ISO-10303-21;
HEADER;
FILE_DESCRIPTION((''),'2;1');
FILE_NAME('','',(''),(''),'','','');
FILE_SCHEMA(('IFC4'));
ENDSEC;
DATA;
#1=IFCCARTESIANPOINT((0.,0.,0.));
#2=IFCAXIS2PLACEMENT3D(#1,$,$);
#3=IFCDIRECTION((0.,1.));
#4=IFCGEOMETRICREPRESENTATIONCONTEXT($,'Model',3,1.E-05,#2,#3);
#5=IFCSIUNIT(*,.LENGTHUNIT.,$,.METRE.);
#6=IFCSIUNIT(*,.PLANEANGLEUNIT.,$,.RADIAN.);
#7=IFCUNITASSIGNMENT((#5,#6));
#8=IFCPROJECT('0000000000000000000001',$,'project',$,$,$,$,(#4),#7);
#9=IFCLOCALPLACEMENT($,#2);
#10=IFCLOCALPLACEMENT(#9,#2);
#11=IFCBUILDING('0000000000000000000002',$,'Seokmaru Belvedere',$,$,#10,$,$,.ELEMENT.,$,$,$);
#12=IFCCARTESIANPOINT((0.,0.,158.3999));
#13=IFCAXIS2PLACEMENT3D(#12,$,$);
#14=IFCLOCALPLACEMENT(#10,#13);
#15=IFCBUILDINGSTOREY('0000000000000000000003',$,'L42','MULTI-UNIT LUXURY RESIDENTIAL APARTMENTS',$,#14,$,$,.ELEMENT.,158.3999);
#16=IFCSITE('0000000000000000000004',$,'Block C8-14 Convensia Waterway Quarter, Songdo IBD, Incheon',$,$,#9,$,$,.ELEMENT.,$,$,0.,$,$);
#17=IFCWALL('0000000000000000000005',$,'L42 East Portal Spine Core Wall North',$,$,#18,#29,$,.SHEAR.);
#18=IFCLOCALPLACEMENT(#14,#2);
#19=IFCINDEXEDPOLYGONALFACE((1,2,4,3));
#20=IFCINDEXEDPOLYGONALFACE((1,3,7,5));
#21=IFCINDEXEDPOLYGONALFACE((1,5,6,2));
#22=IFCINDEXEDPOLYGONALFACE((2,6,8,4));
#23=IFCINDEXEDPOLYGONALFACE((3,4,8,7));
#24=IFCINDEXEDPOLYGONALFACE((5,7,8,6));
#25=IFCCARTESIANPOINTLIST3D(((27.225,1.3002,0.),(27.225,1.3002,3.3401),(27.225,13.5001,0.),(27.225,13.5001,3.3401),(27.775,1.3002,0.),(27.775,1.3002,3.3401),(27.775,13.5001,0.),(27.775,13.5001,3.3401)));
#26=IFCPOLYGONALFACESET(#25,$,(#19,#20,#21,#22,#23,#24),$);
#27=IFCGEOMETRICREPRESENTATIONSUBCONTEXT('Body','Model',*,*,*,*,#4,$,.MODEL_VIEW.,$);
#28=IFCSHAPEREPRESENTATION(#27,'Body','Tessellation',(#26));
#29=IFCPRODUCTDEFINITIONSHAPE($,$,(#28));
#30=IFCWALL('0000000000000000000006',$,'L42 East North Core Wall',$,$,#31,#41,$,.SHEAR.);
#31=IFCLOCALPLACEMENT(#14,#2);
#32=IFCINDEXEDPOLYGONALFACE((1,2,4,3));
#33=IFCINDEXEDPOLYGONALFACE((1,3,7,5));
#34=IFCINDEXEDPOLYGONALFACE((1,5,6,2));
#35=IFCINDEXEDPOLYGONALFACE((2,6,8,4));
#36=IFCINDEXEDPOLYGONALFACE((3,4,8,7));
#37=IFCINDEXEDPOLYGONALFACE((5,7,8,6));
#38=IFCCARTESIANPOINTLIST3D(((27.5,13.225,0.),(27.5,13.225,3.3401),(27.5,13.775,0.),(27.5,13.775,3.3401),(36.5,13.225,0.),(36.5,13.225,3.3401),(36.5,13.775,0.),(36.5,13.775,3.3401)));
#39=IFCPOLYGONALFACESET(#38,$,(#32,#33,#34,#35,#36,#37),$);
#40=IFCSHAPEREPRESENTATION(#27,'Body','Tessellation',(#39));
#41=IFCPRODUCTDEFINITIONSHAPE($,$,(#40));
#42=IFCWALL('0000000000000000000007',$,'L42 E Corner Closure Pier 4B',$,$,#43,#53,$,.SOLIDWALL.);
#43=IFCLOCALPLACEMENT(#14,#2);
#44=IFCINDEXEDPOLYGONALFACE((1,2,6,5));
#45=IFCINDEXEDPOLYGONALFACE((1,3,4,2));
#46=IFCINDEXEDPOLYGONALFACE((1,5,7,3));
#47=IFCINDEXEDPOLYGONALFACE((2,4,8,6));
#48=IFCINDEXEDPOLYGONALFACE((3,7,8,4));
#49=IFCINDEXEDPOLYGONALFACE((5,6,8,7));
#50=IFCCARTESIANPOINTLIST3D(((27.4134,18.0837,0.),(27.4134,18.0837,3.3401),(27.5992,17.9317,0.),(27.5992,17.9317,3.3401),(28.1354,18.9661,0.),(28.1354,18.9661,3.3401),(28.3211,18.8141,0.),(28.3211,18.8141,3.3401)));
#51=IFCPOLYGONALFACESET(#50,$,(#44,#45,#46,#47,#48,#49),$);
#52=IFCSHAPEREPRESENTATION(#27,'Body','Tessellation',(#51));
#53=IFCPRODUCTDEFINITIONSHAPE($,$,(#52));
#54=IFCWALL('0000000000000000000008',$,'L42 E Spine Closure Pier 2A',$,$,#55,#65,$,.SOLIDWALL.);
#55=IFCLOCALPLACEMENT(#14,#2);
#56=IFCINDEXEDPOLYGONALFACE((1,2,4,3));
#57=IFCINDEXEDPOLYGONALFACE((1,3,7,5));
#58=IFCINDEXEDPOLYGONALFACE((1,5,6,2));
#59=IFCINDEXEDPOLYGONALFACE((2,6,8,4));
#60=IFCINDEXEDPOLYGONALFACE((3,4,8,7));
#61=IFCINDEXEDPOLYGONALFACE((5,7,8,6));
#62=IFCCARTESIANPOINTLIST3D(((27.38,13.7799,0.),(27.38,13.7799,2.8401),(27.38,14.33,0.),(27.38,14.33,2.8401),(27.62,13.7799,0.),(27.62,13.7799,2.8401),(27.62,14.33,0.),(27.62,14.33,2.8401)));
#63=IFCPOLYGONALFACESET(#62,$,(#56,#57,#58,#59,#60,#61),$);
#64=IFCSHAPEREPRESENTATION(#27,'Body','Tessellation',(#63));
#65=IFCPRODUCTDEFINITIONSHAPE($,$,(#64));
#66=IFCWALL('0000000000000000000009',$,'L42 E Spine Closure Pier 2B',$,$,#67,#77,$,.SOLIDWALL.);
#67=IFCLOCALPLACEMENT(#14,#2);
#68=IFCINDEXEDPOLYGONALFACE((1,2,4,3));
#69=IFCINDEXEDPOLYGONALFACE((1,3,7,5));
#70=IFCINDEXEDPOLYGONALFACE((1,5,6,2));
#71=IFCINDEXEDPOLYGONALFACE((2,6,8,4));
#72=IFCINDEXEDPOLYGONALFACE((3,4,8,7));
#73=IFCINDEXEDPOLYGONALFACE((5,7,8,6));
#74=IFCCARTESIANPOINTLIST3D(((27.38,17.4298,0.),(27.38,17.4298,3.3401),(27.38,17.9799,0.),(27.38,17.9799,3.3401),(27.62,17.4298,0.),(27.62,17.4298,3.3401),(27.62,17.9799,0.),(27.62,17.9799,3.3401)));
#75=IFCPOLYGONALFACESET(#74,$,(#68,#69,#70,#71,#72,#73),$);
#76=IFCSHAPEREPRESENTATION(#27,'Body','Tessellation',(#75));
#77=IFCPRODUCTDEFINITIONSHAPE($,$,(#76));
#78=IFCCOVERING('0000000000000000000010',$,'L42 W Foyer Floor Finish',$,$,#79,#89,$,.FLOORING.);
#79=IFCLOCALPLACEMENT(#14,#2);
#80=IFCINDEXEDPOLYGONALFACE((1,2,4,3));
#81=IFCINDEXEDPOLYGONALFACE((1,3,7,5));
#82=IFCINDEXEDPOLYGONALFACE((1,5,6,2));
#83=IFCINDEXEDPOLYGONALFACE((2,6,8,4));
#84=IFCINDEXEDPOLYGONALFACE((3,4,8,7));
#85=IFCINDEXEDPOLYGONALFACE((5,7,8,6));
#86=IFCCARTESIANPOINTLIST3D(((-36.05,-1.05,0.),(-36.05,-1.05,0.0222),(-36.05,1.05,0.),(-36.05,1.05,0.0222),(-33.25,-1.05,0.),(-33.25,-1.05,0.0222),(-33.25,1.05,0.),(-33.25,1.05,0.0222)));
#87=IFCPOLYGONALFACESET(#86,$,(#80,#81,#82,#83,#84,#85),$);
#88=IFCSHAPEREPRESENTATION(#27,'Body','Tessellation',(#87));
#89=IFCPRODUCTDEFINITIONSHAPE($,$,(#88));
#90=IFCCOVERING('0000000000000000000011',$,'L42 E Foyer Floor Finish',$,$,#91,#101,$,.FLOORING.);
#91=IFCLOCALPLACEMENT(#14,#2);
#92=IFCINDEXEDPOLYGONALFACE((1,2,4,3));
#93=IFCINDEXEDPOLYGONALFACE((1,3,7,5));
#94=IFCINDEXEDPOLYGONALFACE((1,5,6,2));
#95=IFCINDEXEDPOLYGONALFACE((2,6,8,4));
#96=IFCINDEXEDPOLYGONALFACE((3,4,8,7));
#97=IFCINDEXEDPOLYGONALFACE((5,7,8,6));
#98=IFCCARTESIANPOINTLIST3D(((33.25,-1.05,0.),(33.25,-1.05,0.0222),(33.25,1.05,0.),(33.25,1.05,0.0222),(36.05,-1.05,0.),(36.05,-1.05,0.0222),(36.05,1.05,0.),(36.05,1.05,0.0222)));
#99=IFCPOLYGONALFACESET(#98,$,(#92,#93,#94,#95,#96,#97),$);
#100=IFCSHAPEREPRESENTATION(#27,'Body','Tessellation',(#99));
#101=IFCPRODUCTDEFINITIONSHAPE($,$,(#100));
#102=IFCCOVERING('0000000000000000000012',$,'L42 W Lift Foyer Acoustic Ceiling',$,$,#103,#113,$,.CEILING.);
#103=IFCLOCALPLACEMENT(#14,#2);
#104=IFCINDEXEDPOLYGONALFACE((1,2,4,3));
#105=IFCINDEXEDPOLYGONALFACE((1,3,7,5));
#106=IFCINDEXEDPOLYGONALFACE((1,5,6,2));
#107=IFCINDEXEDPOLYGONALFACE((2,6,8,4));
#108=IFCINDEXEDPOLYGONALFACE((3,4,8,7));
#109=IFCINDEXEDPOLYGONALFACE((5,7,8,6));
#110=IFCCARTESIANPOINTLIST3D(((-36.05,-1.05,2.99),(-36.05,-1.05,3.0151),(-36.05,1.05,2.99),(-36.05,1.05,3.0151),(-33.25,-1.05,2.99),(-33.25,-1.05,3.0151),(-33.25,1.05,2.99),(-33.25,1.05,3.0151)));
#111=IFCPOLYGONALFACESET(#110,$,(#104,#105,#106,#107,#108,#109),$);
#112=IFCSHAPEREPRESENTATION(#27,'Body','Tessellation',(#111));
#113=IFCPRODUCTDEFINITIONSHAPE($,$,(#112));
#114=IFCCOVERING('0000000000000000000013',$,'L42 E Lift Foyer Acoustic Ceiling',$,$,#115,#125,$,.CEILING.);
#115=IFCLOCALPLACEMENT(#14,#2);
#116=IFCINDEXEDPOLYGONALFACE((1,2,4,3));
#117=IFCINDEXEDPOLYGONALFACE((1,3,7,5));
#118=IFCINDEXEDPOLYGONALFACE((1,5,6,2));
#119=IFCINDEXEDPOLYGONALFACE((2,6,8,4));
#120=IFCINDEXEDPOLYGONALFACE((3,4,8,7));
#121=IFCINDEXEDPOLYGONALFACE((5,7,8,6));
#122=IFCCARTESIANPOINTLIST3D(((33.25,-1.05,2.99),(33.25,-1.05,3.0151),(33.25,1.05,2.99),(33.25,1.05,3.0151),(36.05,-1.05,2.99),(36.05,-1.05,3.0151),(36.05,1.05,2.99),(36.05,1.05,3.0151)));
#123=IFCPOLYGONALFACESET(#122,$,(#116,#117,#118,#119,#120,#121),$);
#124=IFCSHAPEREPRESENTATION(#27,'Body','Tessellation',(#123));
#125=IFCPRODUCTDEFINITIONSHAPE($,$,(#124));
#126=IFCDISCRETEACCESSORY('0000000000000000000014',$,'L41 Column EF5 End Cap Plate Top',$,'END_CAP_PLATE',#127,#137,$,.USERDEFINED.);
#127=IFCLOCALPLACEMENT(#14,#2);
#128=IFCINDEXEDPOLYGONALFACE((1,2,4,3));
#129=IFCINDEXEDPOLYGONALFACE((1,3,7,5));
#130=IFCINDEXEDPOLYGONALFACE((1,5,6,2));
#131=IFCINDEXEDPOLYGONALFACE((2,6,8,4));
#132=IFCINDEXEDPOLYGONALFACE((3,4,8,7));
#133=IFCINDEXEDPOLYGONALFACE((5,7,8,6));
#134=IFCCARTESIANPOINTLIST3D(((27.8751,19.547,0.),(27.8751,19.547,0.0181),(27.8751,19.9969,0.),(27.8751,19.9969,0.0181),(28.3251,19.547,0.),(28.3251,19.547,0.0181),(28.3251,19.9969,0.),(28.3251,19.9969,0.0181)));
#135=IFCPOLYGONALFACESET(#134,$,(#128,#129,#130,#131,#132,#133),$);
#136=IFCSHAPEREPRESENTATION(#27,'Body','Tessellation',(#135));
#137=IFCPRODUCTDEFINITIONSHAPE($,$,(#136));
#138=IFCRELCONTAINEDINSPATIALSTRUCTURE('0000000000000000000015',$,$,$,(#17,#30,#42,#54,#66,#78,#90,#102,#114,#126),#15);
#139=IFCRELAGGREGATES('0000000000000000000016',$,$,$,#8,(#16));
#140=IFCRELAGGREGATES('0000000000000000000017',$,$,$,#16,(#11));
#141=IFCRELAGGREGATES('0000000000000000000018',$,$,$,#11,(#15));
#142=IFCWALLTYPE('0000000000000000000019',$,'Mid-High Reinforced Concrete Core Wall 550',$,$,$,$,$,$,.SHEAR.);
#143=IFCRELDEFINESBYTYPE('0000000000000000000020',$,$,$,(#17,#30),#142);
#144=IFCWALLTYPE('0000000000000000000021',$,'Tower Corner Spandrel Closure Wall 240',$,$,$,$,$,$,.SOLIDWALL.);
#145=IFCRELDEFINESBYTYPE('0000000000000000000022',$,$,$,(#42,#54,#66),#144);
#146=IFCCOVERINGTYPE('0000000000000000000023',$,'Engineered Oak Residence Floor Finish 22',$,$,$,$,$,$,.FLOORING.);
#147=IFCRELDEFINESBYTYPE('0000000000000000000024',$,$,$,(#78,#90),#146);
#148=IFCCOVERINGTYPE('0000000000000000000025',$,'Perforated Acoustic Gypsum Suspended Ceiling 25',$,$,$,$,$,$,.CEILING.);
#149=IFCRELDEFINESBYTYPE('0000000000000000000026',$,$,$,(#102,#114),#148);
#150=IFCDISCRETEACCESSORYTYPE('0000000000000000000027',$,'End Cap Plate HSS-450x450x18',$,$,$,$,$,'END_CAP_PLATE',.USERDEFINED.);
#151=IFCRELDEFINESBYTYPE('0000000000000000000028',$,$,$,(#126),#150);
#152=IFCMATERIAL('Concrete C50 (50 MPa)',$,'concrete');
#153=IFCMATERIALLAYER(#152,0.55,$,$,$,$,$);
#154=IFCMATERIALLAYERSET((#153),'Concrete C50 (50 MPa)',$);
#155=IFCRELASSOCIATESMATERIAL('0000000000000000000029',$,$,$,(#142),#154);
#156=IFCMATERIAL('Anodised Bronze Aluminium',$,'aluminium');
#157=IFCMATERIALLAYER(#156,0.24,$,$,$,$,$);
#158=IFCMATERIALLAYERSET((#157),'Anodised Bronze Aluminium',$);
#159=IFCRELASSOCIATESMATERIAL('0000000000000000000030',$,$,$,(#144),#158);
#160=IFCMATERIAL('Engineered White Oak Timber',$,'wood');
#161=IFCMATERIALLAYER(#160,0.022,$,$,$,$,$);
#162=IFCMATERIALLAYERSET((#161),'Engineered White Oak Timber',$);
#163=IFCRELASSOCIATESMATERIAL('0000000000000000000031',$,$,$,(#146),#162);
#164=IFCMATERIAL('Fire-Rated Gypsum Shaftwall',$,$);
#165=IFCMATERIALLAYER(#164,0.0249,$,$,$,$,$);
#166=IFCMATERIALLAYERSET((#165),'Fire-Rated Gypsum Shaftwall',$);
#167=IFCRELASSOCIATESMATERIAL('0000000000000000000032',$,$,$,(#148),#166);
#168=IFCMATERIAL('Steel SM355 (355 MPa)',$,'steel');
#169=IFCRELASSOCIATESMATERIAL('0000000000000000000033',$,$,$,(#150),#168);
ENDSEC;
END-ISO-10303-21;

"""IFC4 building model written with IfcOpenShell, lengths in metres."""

from ifc_helpers import new_model, si_unit, direction, frame, frame_2d, origin, origin_2d, place, context, subcontext, project, spatial, polyline, rectangle, outline, extrude, source, transform, mapped, material, layer, layer_set, type_object, type_shapes, element, save


model = new_model("IFC4")

# Units and contexts
model_context = context("Model", 3, precision=1e-05, world=origin(), true_north=direction((0.0, 1.0)))
body_context = subcontext(model_context, "Body", "Model", "MODEL_VIEW")
ifc_project = project(units=[si_unit("LENGTHUNIT", "METRE"), si_unit("PLANEANGLEUNIT", "RADIAN")], contexts=[model_context])

# Site, building, storey
site_placement = place(None, origin())
site = spatial("IfcSite", under=ifc_project, at=site_placement, Name="Block C8-14 Convensia Waterway Quarter, Songdo IBD, Incheon", CompositionType="ELEMENT", RefElevation=0.0)
building_placement = place(site_placement, origin())
building = spatial("IfcBuilding", under=site, at=building_placement, Name="Seokmaru Belvedere", CompositionType="ELEMENT")
storey_placement = place(building_placement, frame((0.0, 0.0, 158.3999)))
storey = spatial("IfcBuildingStorey", under=building, at=storey_placement, Name="L42", Description="MULTI-UNIT LUXURY RESIDENTIAL APARTMENTS", CompositionType="ELEMENT", Elevation=158.3999)

# Shared definitions
ifc_material_1 = material(Name="Steel SM355 (355 MPa)", Category="steel")

# Shared definitions
ifc_material_2 = material(Name="Anodised Bronze Aluminium", Category="aluminium")

# Shared definitions
ifc_material_3 = material(Name="Concrete C50 (50 MPa)", Category="concrete")
ifc_material_4 = material(Name="Fire-Rated Gypsum Shaftwall")

# Walls
ifc_layer_1 = layer(ifc_material_3, 0.55)
ifc_layer_set_1 = layer_set([ifc_layer_1], Name="Concrete C50 (50 MPa)")
wall_type_1 = type_object("IfcWallType", Name="Mid-High Reinforced Concrete Core Wall 550", PredefinedType="SHEAR", material=ifc_layer_set_1)
wall_1_placement = place(storey_placement, frame((27.5, 1.3, 0.0), z_axis=(0.0, 0.0, 1.0), x_axis=(0.0, 1.0, 0.0)))
element("IfcWall", 1, at=wall_1_placement, inside=storey, type_object=wall_type_1, Name="L42 East Portal Spine Core Wall North", PredefinedType="SHEAR", context=body_context, shape_type="SweptSolid", body=[
    extrude(rectangle(XDim=12.2, YDim=0.55, at=frame_2d((6.1001, 0.0))), origin(), (0.0, 0.0, 1.0), 3.3401),
])
wall_2_placement = place(storey_placement, frame((27.5, 13.5, 0.0), z_axis=(0.0, 0.0, 1.0), x_axis=(1.0, 0.0, 0.0)))
element("IfcWall", 2, at=wall_2_placement, inside=storey, type_object=wall_type_1, Name="L42 East North Core Wall", PredefinedType="SHEAR", context=body_context, shape_type="SweptSolid", body=[
    extrude(rectangle(XDim=9.0, YDim=0.55, at=frame_2d((4.5, 0.0))), origin(), (0.0, 0.0, 1.0), 3.3401),
])
ifc_layer_2 = layer(ifc_material_2, 0.24)
ifc_layer_set_2 = layer_set([ifc_layer_2], Name="Anodised Bronze Aluminium")
wall_type_2 = type_object("IfcWallType", Name="Tower Corner Spandrel Closure Wall 240", PredefinedType="SOLIDWALL", material=ifc_layer_set_2)
wall_3_placement = place(storey_placement, frame((28.2283, 18.8901, 0.0), z_axis=(0.0, 0.0, 1.0), x_axis=(-0.633249, -0.773948, 0.0)))
element("IfcWall", 3, at=wall_3_placement, inside=storey, type_object=wall_type_2, Name="L42 E Corner Closure Pier 4B", PredefinedType="SOLIDWALL", context=body_context, shape_type="SweptSolid", body=[
    extrude(rectangle(XDim=1.1401, YDim=0.24, at=frame_2d((0.5701, 0.0))), origin(), (0.0, 0.0, 1.0), 3.3401),
])
wall_4_placement = place(storey_placement, frame((27.5, 13.78, 0.0), z_axis=(0.0, 0.0, 1.0), x_axis=(0.0, 1.0, 0.0)))
element("IfcWall", 4, at=wall_4_placement, inside=storey, type_object=wall_type_2, Name="L42 E Spine Closure Pier 2A", PredefinedType="SOLIDWALL", context=body_context, shape_type="SweptSolid", body=[
    extrude(rectangle(XDim=0.55, YDim=0.24, at=frame_2d((0.2749, 0.0))), origin(), (0.0, 0.0, 1.0), 2.8401),
])
wall_5_placement = place(storey_placement, frame((27.5, 17.4299, 0.0), z_axis=(0.0, 0.0, 1.0), x_axis=(0.0, 1.0, 0.0)))
element("IfcWall", 5, at=wall_5_placement, inside=storey, type_object=wall_type_2, Name="L42 E Spine Closure Pier 2B", PredefinedType="SOLIDWALL", context=body_context, shape_type="SweptSolid", body=[
    extrude(rectangle(XDim=0.55, YDim=0.24, at=frame_2d((0.2749, 0.0))), origin(), (0.0, 0.0, 1.0), 3.3401),
])

# Coverings
ifc_material_5 = material(Name="Engineered White Oak Timber", Category="wood")
ifc_layer_3 = layer(ifc_material_5, 0.022)
ifc_layer_set_3 = layer_set([ifc_layer_3], Name="Engineered White Oak Timber")
covering_type_1 = type_object("IfcCoveringType", Name="Engineered Oak Residence Floor Finish 22", PredefinedType="FLOORING", material=ifc_layer_set_3)
covering_1_placement = place(storey_placement, origin())
element("IfcCovering", 6, at=covering_1_placement, inside=storey, type_object=covering_type_1, Name="L42 W Foyer Floor Finish", PredefinedType="FLOORING", context=body_context, shape_type="SweptSolid", body=[
    extrude(outline(polyline([(-36.05, -1.05), (-33.25, -1.05), (-33.25, 1.05), (-36.05, 1.05), (-36.05, -1.05)])), origin(), (0.0, 0.0, 1.0), 0.0222),
])
covering_2_placement = place(storey_placement, origin())
element("IfcCovering", 7, at=covering_2_placement, inside=storey, type_object=covering_type_1, Name="L42 E Foyer Floor Finish", PredefinedType="FLOORING", context=body_context, shape_type="SweptSolid", body=[
    extrude(outline(polyline([(33.25, -1.05), (36.05, -1.05), (36.05, 1.05), (33.25, 1.05), (33.25, -1.05)])), origin(), (0.0, 0.0, 1.0), 0.0222),
])
ifc_layer_4 = layer(ifc_material_4, 0.0249)
ifc_layer_set_4 = layer_set([ifc_layer_4], Name="Fire-Rated Gypsum Shaftwall")
covering_type_2 = type_object("IfcCoveringType", Name="Perforated Acoustic Gypsum Suspended Ceiling 25", PredefinedType="CEILING", material=ifc_layer_set_4)
covering_3_placement = place(storey_placement, frame((0.0, 0.0, 2.99)))
element("IfcCovering", 8, at=covering_3_placement, inside=storey, type_object=covering_type_2, Name="L42 W Lift Foyer Acoustic Ceiling", PredefinedType="CEILING", context=body_context, shape_type="SweptSolid", body=[
    extrude(outline(polyline([(-36.05, -1.05), (-33.25, -1.05), (-33.25, 1.05), (-36.05, 1.05), (-36.05, -1.05)])), origin(), (0.0, 0.0, 1.0), 0.0251),
])
covering_4_placement = place(storey_placement, frame((0.0, 0.0, 2.99)))
element("IfcCovering", 9, at=covering_4_placement, inside=storey, type_object=covering_type_2, Name="L42 E Lift Foyer Acoustic Ceiling", PredefinedType="CEILING", context=body_context, shape_type="SweptSolid", body=[
    extrude(outline(polyline([(33.25, -1.05), (36.05, -1.05), (36.05, 1.05), (33.25, 1.05), (33.25, -1.05)])), origin(), (0.0, 0.0, 1.0), 0.0251),
])

# Discrete accessory
discrete_accessory_type = type_object("IfcDiscreteAccessoryType", Name="End Cap Plate HSS-450x450x18", ElementType="END_CAP_PLATE", PredefinedType="USERDEFINED", material=ifc_material_1)
shared_shape_1 = source(origin(), body_context, "Body", "SweptSolid", [
    extrude(rectangle(XDim=0.45, YDim=0.45, at=origin_2d()), origin(), (0.0, 0.0, 1.0), 0.0181),
])
type_shapes(discrete_accessory_type, [shared_shape_1])
discrete_accessory_placement = place(storey_placement, frame((28.1001, 19.772, 0.0), z_axis=(0.0, 0.0, 1.0), x_axis=(1.0, 0.0, 0.0)))
element("IfcDiscreteAccessory", 10, at=discrete_accessory_placement, inside=storey, type_object=discrete_accessory_type, Name="L41 Column EF5 End Cap Plate Top", ObjectType="END_CAP_PLATE", PredefinedType="USERDEFINED", context=body_context, shape_type="MappedRepresentation", body=[
    mapped(shared_shape_1, transform((0.0, 0.0, 0.0), scale=1.0)),
])

save(model, "model.ifc")
